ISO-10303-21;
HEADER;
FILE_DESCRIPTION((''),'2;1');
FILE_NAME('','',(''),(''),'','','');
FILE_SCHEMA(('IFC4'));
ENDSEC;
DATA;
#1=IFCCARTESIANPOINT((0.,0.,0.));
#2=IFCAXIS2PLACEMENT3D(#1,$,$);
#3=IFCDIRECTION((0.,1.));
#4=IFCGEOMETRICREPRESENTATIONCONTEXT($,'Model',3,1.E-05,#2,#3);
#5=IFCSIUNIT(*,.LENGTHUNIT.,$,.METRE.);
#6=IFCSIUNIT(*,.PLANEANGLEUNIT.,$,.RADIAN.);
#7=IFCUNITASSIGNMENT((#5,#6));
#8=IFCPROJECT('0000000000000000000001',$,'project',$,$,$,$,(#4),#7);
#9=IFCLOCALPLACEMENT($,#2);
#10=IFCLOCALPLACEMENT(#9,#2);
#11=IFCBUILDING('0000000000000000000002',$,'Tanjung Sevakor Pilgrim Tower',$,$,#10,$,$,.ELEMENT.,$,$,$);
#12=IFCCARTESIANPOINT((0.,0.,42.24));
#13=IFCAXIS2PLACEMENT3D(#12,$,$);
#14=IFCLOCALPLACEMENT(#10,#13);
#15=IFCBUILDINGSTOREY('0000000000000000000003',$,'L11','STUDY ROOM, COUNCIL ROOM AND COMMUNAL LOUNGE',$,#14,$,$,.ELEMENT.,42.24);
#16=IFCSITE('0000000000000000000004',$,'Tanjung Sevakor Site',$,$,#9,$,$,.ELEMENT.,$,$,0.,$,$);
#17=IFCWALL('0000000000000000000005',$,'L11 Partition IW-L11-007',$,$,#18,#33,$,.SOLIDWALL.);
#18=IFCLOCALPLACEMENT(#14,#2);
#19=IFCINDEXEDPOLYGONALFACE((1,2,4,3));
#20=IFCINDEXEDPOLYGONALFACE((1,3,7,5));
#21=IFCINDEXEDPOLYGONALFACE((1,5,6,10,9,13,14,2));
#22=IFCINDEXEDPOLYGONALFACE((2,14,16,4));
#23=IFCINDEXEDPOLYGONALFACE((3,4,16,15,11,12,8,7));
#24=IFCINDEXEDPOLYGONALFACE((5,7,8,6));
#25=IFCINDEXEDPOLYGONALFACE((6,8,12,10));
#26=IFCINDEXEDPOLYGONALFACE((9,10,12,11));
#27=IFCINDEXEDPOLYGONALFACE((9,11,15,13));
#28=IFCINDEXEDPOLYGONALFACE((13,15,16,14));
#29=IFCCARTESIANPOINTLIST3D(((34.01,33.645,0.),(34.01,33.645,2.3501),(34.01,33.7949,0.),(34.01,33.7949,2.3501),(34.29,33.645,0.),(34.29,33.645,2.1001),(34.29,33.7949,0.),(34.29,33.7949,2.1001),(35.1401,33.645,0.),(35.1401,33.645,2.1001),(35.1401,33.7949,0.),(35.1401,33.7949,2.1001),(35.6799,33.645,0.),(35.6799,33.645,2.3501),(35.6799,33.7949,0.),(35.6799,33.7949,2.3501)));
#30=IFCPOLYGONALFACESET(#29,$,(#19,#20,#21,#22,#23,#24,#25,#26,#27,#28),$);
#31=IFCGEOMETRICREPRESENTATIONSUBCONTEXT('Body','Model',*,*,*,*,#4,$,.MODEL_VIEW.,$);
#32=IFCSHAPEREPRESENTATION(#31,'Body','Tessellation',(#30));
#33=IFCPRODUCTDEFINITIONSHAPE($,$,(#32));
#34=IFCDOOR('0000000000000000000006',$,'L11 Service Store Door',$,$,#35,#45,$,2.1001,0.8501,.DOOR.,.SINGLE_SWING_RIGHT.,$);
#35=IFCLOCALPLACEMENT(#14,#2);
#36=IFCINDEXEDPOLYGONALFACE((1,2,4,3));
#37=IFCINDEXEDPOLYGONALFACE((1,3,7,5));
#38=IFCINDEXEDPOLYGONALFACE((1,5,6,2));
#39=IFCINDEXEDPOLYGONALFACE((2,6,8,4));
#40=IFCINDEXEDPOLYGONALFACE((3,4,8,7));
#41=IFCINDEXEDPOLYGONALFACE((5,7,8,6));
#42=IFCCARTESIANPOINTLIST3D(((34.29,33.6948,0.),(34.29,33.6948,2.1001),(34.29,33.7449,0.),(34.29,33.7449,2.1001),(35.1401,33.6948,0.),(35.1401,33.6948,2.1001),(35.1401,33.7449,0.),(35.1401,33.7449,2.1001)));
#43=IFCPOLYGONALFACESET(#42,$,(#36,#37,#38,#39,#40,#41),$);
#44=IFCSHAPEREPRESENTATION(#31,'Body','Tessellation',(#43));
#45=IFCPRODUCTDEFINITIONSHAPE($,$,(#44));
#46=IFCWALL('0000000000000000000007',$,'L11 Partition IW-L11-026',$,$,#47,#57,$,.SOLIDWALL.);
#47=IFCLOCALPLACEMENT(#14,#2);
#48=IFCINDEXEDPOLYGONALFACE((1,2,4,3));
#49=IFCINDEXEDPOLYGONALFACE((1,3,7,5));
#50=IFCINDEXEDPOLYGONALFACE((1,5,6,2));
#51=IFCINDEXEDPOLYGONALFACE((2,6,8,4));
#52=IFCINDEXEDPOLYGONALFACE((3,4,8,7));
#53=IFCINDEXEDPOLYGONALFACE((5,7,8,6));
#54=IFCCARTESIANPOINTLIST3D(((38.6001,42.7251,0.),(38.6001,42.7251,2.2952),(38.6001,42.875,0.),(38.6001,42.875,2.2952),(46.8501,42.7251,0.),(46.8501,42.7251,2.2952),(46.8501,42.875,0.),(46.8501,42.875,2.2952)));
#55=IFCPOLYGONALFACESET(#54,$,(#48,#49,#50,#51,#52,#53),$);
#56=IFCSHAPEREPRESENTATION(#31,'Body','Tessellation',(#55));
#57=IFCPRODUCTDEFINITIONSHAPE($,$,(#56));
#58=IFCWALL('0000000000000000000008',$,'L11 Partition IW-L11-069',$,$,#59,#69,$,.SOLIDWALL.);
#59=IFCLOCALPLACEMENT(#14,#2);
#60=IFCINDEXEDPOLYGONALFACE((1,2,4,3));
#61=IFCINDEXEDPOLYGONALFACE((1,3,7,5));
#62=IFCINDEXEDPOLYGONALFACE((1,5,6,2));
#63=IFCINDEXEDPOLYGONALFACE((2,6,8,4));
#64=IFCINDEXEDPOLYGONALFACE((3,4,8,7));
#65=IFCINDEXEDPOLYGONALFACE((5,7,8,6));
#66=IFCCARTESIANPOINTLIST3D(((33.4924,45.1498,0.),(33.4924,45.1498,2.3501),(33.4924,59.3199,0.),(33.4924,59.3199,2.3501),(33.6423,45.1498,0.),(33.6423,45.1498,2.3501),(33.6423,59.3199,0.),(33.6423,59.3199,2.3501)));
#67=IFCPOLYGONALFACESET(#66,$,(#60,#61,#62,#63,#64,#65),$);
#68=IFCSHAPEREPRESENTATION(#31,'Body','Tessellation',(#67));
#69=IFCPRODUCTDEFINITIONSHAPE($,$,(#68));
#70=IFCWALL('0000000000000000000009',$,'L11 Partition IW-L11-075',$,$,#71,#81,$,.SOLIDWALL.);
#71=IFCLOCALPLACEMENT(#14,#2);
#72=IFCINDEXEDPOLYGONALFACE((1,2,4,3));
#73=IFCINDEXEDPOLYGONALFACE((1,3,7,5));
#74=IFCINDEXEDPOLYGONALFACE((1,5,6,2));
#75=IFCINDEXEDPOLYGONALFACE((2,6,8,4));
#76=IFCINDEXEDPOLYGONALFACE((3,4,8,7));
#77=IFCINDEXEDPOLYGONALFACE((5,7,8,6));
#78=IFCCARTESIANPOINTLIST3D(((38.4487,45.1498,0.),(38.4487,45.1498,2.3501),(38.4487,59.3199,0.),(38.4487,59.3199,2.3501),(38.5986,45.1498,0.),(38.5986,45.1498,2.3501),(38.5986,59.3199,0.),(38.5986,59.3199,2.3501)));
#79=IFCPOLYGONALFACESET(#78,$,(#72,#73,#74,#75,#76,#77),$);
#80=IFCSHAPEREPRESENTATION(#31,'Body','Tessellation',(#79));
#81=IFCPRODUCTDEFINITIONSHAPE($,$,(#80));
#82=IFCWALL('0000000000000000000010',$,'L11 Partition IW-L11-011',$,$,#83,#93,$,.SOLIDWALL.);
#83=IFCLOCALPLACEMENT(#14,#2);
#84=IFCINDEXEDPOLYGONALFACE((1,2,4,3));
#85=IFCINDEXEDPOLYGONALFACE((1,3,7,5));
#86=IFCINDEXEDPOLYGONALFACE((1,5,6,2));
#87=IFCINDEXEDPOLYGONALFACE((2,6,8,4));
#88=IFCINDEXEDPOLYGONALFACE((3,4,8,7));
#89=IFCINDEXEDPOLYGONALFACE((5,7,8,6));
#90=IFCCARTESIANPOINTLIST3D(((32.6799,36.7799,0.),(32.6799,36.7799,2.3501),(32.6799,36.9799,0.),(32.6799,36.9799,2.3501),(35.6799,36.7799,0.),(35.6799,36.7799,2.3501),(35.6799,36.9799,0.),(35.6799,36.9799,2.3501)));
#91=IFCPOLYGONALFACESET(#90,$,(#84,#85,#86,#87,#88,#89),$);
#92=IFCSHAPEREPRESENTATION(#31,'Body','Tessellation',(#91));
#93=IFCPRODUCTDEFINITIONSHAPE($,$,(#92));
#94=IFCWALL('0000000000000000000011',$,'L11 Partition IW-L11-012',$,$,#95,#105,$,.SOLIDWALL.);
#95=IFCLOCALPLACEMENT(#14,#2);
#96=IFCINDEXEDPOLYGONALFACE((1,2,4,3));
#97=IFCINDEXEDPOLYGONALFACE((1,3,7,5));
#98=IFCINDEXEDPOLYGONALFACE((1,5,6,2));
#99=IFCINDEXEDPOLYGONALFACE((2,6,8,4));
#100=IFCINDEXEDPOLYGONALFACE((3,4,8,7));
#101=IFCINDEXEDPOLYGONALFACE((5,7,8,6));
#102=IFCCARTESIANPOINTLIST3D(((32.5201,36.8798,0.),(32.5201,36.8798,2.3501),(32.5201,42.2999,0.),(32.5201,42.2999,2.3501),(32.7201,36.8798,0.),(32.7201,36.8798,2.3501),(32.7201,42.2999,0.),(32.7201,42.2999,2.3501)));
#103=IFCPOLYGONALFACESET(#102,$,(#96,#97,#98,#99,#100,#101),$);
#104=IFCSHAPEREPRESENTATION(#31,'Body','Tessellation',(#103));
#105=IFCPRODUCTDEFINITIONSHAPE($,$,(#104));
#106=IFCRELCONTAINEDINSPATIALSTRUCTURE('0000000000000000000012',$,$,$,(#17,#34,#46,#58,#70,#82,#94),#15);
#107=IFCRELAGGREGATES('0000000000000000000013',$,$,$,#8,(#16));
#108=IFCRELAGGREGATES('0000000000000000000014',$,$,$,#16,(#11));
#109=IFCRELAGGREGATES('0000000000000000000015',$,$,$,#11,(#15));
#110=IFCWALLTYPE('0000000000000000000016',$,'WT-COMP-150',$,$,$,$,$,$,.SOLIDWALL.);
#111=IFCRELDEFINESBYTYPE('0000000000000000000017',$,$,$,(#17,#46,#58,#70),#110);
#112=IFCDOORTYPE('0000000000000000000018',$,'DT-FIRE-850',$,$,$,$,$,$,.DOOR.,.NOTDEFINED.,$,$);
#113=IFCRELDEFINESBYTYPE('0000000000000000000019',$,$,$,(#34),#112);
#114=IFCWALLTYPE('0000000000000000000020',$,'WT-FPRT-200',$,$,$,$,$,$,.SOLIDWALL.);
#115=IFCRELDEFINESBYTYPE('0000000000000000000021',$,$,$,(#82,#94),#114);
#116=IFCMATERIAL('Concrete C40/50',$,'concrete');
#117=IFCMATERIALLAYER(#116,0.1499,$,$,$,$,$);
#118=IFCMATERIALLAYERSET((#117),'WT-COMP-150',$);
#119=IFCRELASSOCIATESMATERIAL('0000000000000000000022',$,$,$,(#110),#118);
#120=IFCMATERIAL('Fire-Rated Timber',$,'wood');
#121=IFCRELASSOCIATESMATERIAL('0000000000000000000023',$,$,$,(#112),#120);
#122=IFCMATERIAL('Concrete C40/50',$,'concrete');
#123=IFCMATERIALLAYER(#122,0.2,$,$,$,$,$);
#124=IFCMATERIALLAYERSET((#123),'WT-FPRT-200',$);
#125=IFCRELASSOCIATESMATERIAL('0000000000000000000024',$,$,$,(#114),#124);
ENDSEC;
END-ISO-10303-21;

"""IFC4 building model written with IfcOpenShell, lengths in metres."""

from ifc_helpers import new_model, si_unit, direction, frame, frame_2d, origin, place, context, subcontext, project, spatial, rectangle, extrude, material, layer, layer_set, type_object, element, fill, save


model = new_model("IFC4")

# Units and contexts
model_context = context("Model", 3, precision=1e-05, world=origin(), true_north=direction((0.0, 1.0)))
body_context = subcontext(model_context, "Body", "Model", "MODEL_VIEW")
ifc_project = project(units=[si_unit("LENGTHUNIT", "METRE"), si_unit("PLANEANGLEUNIT", "RADIAN")], contexts=[model_context])

# Site, building, storey
site_placement = place(None, origin())
site = spatial("IfcSite", under=ifc_project, at=site_placement, Name="Tanjung Sevakor Site", CompositionType="ELEMENT", RefElevation=0.0)
building_placement = place(site_placement, origin())
building = spatial("IfcBuilding", under=site, at=building_placement, Name="Tanjung Sevakor Pilgrim Tower", CompositionType="ELEMENT")
storey_placement = place(building_placement, frame((0.0, 0.0, 42.24)))
storey = spatial("IfcBuildingStorey", under=building, at=storey_placement, Name="L11", Description="STUDY ROOM, COUNCIL ROOM AND COMMUNAL LOUNGE", CompositionType="ELEMENT", Elevation=42.24)

# Shared definitions
ifc_material_1 = material(Name="Concrete C40/50", Category="concrete")
ifc_layer_1 = layer(ifc_material_1, 0.1499)
ifc_layer_set_1 = layer_set([ifc_layer_1], Name="WT-COMP-150")
wall_type_1 = type_object("IfcWallType", Name="WT-COMP-150", PredefinedType="SOLIDWALL", material=ifc_layer_set_1)

# Wall, opening, door
wall_1_placement = place(storey_placement, frame((34.01, 33.72, 0.0), z_axis=(0.0, 0.0, 1.0), x_axis=(1.0, 0.0, 0.0)))
wall_1 = element("IfcWall", 1, at=wall_1_placement, inside=storey, type_object=wall_type_1, Name="L11 Partition IW-L11-007", PredefinedType="SOLIDWALL", context=body_context, shape_type="SweptSolid", body=[
    extrude(rectangle(XDim=1.6699, YDim=0.1499, at=frame_2d((0.835, 0.0))), origin(), (0.0, 0.0, 1.0), 2.3501),
])
opening_1_placement = place(wall_1_placement, frame((0.28, 0.0, 0.0)))
opening_1 = element("IfcOpeningElement", 2, at=opening_1_placement, cuts=wall_1, PredefinedType="OPENING", context=body_context, shape_type="SweptSolid", body=[
    extrude(rectangle(XDim=0.8501, YDim=2.1001, at=frame_2d((0.425, 1.05))), frame((0.0, 0.085, 0.0), z_axis=(0.0, -1.0, 0.0), x_axis=(1.0, 0.0, 0.0)), (0.0, 0.0, 1.0), 0.1699),
])
ifc_material_2 = material(Name="Fire-Rated Timber", Category="wood")
door_type_1 = type_object("IfcDoorType", Name="DT-FIRE-850", OperationType="NOTDEFINED", PredefinedType="DOOR", material=ifc_material_2)
door_1_placement = place(opening_1_placement, origin())
door_1 = element("IfcDoor", 3, at=door_1_placement, inside=storey, type_object=door_type_1, Name="L11 Service Store Door", OperationType="SINGLE_SWING_RIGHT", OverallHeight=2.1001, OverallWidth=0.8501, PredefinedType="DOOR", context=body_context, shape_type="SweptSolid", body=[
    extrude(rectangle(XDim=0.8501, YDim=2.1001, at=frame_2d((0.425, 1.05))), frame((0.0, 0.0249, 0.0), z_axis=(0.0, -1.0, 0.0), x_axis=(1.0, 0.0, 0.0)), (0.0, 0.0, 1.0), 0.05),
])
fill(opening_1, door_1)

# Walls
wall_2_placement = place(storey_placement, frame((38.6001, 42.8, 0.0), z_axis=(0.0, 0.0, 1.0), x_axis=(1.0, 0.0, 0.0)))
element("IfcWall", 4, at=wall_2_placement, inside=storey, type_object=wall_type_1, Name="L11 Partition IW-L11-026", PredefinedType="SOLIDWALL", context=body_context, shape_type="SweptSolid", body=[
    extrude(rectangle(XDim=8.25, YDim=0.1499, at=frame_2d((4.125, 0.0))), origin(), (0.0, 0.0, 1.0), 2.2952),
])
for number, where, z_axis, x_axis, name in (
    (5, (33.5674, 45.1499, 0.0), (0.0, 0.0, 1.0), (0.0, 1.0, 0.0), "L11 Partition IW-L11-069"),
    (6, (38.5237, 45.1499, 0.0), (0.0, 0.0, 1.0), (0.0, 1.0, 0.0), "L11 Partition IW-L11-075"),
):
    element("IfcWall", number, at=place(storey_placement, frame(where, z_axis=z_axis, x_axis=x_axis)), inside=storey, type_object=wall_type_1, Name=name, PredefinedType="SOLIDWALL", context=body_context, shape_type="SweptSolid", body=[
        extrude(rectangle(XDim=14.1702, YDim=0.1499, at=frame_2d((7.085, 0.0))), origin(), (0.0, 0.0, 1.0), 2.3501),
    ])

# Walls
ifc_material_3 = material(Name="Concrete C40/50", Category="concrete")
ifc_layer_2 = layer(ifc_material_3, 0.2)
ifc_layer_set_2 = layer_set([ifc_layer_2], Name="WT-FPRT-200")
wall_type_2 = type_object("IfcWallType", Name="WT-FPRT-200", PredefinedType="SOLIDWALL", material=ifc_layer_set_2)
wall_3_placement = place(storey_placement, frame((32.6799, 36.8799, 0.0), z_axis=(0.0, 0.0, 1.0), x_axis=(1.0, 0.0, 0.0)))
element("IfcWall", 7, at=wall_3_placement, inside=storey, type_object=wall_type_2, Name="L11 Partition IW-L11-011", PredefinedType="SOLIDWALL", context=body_context, shape_type="SweptSolid", body=[
    extrude(rectangle(XDim=3.0, YDim=0.2, at=frame_2d((1.5, 0.0))), origin(), (0.0, 0.0, 1.0), 2.3501),
])
wall_4_placement = place(storey_placement, frame((32.6201, 36.8799, 0.0), z_axis=(0.0, 0.0, 1.0), x_axis=(0.0, 1.0, 0.0)))
element("IfcWall", 8, at=wall_4_placement, inside=storey, type_object=wall_type_2, Name="L11 Partition IW-L11-012", PredefinedType="SOLIDWALL", context=body_context, shape_type="SweptSolid", body=[
    extrude(rectangle(XDim=5.4202, YDim=0.2, at=frame_2d((2.71, 0.0))), origin(), (0.0, 0.0, 1.0), 2.3501),
])

save(model, "model.ifc")
